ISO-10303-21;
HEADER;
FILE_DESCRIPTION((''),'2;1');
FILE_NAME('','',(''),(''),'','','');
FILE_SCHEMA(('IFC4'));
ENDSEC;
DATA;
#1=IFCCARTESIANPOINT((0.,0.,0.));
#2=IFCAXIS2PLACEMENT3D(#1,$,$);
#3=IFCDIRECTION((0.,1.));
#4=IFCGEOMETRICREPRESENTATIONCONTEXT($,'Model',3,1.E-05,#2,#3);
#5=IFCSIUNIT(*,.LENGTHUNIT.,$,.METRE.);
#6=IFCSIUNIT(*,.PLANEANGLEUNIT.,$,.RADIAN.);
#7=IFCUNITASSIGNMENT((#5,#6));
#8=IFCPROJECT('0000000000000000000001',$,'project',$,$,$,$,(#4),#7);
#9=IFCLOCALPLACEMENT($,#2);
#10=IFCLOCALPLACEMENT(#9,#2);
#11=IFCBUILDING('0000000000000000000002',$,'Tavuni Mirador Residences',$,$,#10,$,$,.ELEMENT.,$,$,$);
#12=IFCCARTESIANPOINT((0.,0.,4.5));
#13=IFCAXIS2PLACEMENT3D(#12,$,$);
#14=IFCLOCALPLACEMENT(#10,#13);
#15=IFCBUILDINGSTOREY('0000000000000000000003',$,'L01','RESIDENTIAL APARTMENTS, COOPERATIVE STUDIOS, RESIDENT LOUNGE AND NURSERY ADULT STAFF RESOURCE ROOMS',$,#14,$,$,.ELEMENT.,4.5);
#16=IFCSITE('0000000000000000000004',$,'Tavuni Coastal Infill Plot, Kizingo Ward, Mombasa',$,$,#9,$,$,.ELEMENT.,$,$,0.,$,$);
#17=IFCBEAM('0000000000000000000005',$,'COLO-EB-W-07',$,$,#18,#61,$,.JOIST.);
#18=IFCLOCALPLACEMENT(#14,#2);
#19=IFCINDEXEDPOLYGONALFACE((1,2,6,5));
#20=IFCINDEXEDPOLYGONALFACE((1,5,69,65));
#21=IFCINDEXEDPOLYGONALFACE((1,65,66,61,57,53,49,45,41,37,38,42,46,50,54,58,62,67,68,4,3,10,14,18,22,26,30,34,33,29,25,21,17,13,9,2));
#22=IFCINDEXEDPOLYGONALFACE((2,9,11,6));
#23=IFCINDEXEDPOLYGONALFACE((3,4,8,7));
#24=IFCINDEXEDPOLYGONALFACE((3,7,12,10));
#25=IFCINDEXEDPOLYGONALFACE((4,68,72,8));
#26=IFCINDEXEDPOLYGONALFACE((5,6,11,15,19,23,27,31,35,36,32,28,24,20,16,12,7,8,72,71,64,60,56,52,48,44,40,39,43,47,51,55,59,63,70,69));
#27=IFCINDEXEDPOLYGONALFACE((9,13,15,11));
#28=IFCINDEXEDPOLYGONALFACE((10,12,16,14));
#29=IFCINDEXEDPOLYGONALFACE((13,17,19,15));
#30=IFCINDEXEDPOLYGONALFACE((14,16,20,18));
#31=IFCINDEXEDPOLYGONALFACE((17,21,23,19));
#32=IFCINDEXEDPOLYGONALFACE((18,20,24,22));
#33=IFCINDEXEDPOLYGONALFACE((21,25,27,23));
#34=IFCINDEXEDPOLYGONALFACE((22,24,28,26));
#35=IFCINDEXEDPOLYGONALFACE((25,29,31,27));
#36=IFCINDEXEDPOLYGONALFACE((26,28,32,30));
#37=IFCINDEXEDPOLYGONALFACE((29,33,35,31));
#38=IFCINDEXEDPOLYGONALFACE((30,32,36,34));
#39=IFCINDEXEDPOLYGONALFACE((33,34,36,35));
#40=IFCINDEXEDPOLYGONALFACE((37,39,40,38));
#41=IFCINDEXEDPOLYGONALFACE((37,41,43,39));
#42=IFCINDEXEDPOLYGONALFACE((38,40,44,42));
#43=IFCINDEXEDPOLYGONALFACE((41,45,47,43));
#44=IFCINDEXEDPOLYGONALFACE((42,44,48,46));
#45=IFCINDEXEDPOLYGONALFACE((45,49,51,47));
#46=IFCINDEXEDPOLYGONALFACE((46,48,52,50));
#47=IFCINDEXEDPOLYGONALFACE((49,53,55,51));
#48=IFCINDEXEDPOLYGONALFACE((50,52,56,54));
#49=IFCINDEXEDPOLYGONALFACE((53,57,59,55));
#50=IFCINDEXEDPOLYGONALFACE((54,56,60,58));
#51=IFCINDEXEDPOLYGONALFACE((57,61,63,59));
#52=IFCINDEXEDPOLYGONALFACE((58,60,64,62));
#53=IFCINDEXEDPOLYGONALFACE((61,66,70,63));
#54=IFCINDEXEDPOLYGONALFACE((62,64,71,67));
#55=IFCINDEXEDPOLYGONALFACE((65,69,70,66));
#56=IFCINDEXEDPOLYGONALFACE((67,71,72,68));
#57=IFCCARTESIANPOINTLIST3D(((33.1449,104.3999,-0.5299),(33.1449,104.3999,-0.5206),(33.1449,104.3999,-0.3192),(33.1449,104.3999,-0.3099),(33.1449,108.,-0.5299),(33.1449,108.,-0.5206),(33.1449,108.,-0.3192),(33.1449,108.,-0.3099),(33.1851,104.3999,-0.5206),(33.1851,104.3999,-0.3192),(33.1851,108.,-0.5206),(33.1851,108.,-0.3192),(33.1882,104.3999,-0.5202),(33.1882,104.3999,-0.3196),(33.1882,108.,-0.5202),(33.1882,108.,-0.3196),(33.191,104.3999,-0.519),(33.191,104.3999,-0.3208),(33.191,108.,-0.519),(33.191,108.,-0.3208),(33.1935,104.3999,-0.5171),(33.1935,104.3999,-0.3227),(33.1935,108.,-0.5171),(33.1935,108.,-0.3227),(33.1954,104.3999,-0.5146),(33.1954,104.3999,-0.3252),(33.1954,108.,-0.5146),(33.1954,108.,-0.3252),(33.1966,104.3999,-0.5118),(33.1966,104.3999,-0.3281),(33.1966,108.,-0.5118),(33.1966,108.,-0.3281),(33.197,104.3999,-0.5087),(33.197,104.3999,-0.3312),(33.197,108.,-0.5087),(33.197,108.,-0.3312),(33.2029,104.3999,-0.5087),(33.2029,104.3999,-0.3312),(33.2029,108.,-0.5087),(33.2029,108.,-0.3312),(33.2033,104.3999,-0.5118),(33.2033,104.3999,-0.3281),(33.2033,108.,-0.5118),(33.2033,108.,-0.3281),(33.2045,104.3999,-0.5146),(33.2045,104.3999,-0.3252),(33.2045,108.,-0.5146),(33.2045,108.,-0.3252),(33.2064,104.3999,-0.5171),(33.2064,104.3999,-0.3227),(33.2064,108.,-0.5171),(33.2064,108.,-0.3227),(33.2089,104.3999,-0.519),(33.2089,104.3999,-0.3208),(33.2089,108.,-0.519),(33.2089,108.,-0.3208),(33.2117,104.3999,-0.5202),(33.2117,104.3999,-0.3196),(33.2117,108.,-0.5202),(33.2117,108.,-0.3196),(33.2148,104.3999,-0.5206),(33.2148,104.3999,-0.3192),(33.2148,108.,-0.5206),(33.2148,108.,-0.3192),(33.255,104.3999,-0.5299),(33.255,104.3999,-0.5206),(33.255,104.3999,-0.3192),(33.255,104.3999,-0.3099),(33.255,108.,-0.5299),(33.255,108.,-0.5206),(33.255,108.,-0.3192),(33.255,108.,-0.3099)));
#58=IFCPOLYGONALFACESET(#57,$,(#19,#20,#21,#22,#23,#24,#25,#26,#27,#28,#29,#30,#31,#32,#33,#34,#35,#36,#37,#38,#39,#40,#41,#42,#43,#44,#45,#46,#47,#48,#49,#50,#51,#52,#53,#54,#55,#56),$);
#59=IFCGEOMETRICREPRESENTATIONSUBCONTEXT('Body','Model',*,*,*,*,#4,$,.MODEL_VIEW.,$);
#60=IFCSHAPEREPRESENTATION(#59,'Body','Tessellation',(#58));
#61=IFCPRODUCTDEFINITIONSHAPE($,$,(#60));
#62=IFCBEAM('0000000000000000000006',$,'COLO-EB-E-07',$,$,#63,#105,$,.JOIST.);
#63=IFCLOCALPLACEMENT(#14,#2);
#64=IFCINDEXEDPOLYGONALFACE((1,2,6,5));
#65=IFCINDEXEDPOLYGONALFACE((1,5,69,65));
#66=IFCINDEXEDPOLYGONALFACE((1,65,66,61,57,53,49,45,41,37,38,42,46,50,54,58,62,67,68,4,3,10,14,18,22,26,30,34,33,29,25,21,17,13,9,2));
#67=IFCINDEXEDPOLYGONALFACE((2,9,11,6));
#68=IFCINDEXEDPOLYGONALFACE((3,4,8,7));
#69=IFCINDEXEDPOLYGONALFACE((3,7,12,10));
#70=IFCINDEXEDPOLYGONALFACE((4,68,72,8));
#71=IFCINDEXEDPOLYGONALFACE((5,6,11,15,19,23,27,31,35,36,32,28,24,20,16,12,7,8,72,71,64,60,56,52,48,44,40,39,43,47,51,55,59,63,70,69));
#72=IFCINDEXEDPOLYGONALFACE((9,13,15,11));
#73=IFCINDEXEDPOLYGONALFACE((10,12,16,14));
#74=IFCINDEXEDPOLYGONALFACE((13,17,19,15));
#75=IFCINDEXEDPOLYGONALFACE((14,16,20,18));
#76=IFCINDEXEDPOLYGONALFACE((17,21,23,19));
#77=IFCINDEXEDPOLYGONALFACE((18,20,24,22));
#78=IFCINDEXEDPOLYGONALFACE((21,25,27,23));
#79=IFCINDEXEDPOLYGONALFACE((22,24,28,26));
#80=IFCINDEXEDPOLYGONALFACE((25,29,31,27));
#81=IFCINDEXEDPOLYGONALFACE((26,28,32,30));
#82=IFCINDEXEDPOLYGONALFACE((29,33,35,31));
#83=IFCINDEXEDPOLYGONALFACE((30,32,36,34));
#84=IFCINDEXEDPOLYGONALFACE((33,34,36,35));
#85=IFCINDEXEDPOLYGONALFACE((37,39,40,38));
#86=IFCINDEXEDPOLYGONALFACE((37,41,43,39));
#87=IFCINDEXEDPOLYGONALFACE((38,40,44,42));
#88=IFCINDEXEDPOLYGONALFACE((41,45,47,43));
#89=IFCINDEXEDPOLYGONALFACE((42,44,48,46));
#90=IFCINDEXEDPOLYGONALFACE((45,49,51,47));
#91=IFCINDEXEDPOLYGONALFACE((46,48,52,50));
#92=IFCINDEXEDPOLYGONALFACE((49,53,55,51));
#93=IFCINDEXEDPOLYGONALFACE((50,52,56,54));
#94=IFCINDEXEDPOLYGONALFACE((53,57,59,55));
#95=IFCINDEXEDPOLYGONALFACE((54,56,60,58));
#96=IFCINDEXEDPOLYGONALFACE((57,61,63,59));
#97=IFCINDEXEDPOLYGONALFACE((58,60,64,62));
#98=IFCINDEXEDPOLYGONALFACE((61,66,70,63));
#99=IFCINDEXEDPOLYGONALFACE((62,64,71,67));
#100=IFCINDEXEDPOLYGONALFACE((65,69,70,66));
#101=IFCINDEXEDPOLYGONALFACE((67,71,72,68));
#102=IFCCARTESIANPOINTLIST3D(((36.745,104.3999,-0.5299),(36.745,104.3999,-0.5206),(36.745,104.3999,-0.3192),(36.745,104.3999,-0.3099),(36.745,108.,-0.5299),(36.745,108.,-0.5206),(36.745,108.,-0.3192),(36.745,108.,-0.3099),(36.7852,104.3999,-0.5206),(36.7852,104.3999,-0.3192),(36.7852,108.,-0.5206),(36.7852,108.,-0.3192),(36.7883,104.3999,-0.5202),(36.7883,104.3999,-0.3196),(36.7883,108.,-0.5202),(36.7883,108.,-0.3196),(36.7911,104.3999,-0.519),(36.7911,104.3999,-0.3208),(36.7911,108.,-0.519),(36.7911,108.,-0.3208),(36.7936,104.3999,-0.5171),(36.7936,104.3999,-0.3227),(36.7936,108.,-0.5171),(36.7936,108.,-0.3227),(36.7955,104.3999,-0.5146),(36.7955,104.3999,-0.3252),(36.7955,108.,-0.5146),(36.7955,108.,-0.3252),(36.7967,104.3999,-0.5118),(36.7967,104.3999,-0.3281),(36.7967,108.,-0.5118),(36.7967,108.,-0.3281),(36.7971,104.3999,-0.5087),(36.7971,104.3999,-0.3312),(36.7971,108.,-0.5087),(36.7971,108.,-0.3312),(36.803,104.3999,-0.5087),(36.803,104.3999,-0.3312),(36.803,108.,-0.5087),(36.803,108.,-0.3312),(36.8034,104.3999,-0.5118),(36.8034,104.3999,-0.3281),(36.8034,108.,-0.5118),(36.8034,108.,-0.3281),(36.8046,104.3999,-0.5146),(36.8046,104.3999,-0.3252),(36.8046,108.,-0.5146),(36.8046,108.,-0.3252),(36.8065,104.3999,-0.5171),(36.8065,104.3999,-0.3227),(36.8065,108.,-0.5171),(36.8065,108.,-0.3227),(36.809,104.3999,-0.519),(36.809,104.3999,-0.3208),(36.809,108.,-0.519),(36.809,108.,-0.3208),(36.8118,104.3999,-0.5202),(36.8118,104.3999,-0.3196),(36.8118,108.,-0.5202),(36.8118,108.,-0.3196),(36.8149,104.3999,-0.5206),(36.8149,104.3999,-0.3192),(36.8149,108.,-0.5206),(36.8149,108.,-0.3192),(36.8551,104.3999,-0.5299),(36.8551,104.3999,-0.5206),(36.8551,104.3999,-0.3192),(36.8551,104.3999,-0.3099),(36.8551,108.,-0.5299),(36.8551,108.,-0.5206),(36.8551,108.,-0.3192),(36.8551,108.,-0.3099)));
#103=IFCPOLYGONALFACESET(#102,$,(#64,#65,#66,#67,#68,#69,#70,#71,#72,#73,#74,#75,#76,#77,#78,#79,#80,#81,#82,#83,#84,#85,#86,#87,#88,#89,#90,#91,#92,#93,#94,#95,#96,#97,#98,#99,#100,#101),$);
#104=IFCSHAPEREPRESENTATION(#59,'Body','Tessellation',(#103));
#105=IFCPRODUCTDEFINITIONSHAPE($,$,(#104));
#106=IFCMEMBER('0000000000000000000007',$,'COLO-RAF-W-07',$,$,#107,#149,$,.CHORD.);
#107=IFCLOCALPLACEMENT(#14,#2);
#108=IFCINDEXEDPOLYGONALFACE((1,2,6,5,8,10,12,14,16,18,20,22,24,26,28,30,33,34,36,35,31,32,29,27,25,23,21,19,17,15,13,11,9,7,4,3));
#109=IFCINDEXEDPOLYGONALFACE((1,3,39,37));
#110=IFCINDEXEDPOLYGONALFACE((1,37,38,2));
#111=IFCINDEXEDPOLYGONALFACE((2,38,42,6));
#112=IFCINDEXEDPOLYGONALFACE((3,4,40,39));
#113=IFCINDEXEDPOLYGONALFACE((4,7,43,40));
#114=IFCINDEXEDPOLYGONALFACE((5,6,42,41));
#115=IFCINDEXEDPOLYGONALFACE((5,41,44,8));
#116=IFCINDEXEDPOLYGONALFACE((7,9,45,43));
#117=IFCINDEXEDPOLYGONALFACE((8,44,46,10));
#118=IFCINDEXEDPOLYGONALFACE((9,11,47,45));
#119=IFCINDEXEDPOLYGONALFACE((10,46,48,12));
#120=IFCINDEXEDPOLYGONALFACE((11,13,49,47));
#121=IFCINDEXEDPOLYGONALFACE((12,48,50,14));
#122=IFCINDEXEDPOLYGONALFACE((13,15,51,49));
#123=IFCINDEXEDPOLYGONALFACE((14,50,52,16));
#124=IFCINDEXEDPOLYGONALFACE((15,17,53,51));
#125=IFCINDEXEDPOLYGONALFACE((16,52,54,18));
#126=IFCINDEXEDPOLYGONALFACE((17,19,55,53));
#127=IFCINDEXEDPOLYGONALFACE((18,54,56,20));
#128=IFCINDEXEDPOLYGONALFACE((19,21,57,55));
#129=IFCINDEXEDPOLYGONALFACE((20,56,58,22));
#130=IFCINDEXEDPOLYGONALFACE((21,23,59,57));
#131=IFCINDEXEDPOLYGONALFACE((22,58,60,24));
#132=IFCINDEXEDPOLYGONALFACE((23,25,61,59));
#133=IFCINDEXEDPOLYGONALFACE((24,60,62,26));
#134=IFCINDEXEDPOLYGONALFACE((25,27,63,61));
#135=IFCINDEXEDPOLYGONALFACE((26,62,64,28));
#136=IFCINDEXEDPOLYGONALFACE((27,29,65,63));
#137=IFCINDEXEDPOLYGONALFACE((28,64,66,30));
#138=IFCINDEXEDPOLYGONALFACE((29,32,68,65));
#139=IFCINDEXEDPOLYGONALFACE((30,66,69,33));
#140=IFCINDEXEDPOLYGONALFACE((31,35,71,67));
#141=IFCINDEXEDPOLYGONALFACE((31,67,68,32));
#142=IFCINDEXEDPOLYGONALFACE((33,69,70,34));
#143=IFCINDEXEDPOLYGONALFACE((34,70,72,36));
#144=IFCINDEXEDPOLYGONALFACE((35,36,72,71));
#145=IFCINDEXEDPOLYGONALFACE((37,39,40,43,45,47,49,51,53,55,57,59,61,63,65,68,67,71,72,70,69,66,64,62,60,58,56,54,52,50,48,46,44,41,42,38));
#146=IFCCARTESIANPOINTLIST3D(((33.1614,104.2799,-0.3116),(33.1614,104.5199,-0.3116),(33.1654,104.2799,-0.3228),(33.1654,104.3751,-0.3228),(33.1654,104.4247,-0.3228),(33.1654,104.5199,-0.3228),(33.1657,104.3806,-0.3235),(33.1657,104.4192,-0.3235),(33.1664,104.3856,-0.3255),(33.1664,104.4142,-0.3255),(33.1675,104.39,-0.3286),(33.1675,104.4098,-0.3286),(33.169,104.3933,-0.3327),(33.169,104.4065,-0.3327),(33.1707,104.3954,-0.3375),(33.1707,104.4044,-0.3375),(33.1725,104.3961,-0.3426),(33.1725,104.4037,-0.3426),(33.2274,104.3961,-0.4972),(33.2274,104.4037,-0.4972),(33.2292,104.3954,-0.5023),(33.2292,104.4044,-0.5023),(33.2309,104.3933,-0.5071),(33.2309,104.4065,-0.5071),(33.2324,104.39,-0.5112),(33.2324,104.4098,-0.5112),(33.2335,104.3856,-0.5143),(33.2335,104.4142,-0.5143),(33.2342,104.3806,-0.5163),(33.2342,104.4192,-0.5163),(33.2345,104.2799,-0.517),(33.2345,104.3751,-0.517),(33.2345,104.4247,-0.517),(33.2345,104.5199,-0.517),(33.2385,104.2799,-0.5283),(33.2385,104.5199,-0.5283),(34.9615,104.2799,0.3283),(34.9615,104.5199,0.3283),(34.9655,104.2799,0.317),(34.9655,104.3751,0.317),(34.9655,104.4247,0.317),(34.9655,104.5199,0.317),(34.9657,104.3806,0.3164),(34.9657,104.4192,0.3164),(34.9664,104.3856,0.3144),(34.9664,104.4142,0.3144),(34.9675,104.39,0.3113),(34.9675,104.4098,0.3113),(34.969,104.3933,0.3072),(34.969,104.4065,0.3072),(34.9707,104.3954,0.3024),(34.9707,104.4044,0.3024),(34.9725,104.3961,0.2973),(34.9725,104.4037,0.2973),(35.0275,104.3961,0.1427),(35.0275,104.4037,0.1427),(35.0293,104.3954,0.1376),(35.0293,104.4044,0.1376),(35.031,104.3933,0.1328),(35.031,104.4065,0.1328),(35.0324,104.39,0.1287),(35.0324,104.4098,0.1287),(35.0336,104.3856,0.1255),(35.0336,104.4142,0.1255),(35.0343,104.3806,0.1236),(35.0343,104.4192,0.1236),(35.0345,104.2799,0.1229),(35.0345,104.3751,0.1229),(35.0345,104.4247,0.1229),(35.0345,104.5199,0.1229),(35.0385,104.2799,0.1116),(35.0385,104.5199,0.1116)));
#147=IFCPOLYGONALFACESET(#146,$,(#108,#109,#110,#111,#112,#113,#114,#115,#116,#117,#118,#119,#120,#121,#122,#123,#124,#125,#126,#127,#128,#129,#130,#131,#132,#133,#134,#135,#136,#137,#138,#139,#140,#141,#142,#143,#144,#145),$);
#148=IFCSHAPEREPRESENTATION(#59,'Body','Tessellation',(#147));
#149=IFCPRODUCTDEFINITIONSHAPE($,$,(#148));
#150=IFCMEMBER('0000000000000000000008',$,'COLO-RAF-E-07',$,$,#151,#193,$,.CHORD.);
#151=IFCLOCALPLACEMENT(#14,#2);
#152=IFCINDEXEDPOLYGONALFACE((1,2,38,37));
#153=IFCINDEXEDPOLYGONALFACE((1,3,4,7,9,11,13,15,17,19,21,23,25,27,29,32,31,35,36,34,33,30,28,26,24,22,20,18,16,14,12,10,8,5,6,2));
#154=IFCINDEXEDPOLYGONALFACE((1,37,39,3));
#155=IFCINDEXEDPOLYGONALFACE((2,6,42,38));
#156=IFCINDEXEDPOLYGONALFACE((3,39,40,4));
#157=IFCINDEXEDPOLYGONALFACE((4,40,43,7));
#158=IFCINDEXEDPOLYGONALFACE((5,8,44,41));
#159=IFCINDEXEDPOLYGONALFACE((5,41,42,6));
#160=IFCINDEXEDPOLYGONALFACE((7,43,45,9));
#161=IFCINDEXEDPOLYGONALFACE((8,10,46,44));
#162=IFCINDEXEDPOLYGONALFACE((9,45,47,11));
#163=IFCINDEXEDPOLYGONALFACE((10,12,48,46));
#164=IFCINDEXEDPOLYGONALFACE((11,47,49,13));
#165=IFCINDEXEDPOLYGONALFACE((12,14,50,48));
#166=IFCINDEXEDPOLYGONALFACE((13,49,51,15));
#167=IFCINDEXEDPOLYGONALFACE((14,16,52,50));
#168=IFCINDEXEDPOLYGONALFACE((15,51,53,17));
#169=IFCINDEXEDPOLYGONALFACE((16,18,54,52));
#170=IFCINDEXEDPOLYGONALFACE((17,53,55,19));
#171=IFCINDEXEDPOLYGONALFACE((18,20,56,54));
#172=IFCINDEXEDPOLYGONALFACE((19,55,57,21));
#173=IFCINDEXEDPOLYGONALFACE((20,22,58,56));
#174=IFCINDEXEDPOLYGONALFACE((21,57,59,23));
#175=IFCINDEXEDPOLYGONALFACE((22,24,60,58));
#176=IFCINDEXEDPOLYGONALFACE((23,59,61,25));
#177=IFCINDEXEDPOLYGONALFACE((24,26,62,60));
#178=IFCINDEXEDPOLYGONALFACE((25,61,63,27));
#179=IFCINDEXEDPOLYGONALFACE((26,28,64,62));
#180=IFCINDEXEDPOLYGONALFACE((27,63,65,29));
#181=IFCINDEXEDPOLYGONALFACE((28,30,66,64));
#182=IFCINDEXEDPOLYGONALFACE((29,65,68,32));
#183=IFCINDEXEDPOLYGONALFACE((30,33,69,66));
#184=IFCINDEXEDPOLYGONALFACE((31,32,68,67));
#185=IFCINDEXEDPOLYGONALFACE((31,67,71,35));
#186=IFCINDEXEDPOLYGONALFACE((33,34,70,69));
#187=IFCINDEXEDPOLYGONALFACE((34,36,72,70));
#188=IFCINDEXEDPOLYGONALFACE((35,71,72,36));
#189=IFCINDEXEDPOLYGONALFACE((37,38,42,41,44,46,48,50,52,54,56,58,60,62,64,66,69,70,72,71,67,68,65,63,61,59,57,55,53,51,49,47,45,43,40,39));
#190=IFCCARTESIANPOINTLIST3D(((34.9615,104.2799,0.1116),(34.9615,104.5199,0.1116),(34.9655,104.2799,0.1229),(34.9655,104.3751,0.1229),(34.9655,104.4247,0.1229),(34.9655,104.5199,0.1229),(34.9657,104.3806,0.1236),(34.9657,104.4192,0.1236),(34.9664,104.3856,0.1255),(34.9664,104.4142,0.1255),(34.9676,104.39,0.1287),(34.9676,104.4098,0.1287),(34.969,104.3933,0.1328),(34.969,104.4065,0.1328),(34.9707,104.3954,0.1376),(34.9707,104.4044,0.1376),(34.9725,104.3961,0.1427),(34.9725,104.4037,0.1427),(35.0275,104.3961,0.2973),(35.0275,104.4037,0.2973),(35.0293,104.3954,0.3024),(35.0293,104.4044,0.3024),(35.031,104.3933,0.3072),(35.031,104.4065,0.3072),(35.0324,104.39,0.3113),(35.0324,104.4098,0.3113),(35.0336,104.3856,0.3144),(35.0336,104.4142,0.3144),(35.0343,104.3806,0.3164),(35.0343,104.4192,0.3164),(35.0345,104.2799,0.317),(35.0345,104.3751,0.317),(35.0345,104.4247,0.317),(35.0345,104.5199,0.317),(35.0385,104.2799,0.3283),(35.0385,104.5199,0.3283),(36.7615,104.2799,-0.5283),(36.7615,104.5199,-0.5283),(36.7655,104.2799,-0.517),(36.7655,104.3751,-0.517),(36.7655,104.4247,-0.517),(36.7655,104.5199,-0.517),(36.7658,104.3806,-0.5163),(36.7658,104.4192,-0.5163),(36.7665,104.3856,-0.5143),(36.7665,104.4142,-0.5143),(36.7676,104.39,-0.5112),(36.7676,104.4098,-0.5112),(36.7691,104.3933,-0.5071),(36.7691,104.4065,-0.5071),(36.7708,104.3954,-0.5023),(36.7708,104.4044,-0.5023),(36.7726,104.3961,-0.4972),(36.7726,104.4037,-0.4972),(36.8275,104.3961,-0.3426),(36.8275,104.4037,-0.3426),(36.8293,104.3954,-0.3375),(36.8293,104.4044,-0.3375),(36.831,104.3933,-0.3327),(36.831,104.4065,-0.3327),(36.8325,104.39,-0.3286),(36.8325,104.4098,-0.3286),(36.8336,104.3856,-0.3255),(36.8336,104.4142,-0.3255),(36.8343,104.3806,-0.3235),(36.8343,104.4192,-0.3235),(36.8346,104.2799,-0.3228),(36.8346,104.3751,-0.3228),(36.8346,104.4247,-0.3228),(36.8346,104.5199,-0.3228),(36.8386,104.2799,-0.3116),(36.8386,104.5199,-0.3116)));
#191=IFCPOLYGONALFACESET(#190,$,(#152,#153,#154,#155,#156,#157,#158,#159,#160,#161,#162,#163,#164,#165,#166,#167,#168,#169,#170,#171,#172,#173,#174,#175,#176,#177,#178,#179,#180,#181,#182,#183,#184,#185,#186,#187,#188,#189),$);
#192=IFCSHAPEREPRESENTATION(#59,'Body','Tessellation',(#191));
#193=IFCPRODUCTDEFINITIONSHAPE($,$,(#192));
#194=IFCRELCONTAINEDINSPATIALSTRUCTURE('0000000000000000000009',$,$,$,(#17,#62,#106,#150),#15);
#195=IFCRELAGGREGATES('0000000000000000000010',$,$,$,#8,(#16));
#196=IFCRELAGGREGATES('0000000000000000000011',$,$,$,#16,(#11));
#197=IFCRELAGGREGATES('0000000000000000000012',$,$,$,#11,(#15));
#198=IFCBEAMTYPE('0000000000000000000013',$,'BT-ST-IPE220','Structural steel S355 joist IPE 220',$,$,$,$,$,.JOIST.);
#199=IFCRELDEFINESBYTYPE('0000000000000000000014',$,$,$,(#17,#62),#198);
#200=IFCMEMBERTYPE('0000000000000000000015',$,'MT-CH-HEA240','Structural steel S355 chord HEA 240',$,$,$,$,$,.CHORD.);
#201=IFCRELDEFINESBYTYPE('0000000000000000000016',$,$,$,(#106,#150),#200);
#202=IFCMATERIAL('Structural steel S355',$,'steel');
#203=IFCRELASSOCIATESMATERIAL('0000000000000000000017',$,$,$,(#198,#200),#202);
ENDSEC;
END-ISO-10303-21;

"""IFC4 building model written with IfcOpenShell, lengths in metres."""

from ifc_helpers import new_model, si_unit, direction, frame, origin, origin_2d, place, context, subcontext, project, spatial, i_section, extrude, material, material_profile, profile_set, type_object, element, save


model = new_model("IFC4")

# Units and contexts
model_context = context("Model", 3, precision=1e-05, world=origin(), true_north=direction((0.0, 1.0)))
body_context = subcontext(model_context, "Body", "Model", "MODEL_VIEW")
ifc_project = project(units=[si_unit("LENGTHUNIT", "METRE"), si_unit("PLANEANGLEUNIT", "RADIAN")], contexts=[model_context])

# Site, building, storey
site_placement = place(None, origin())
site = spatial("IfcSite", under=ifc_project, at=site_placement, Name="Tavuni Coastal Infill Plot, Kizingo Ward, Mombasa", CompositionType="ELEMENT", RefElevation=0.0)
building_placement = place(site_placement, origin())
building = spatial("IfcBuilding", under=site, at=building_placement, Name="Tavuni Mirador Residences", CompositionType="ELEMENT")
storey_placement = place(building_placement, frame((0.0, 0.0, 4.5)))
storey = spatial("IfcBuildingStorey", under=building, at=storey_placement, Name="L01", Description="RESIDENTIAL APARTMENTS, COOPERATIVE STUDIOS, RESIDENT LOUNGE AND NURSERY ADULT STAFF RESOURCE ROOMS", CompositionType="ELEMENT", Elevation=4.5)

# Beams
ifc_material_1 = material(Name="Structural steel S355", Category="steel")
ifc_material_profile_1 = material_profile(ifc_material_1, i_section(OverallWidth=0.1101, OverallDepth=0.22, WebThickness=0.0059, FlangeThickness=0.0093, FilletRadius=0.012, at=origin_2d()), Name="IPE 220", Category="steel")
ifc_profile_set_1 = profile_set([ifc_material_profile_1], Name="Structural steel S355")
beam_type_1 = type_object("IfcBeamType", Name="BT-ST-IPE220", Description="Structural steel S355 joist IPE 220", PredefinedType="JOIST", material=ifc_profile_set_1)
for number, where, z_axis, x_axis, name in (
    (1, (33.2, 104.3999, -0.4199), (0.0, 1.0, 0.0), (-1.0, 0.0, 0.0), "COLO-EB-W-07"),
    (2, (36.8, 104.3999, -0.4199), (0.0, 1.0, 0.0), (-1.0, 0.0, 0.0), "COLO-EB-E-07"),
):
    element("IfcBeam", number, at=place(storey_placement, frame(where, z_axis=z_axis, x_axis=x_axis)), inside=storey, type_object=beam_type_1, Name=name, PredefinedType="JOIST", context=body_context, shape_type="SweptSolid", body=[
        extrude(i_section(OverallWidth=0.1101, OverallDepth=0.22, WebThickness=0.0059, FlangeThickness=0.0093, FilletRadius=0.012, at=origin_2d()), origin(), (0.0, 0.0, 1.0), 3.6001),
    ])

# Members
ifc_material_profile_2 = material_profile(ifc_material_1, i_section(OverallWidth=0.24, OverallDepth=0.23, WebThickness=0.0076, FlangeThickness=0.012, FilletRadius=0.021, at=origin_2d()), Name="HEA 240", Category="steel")
ifc_profile_set_2 = profile_set([ifc_material_profile_2], Name="Structural steel S355")
member_type_1 = type_object("IfcMemberType", Name="MT-CH-HEA240", Description="Structural steel S355 chord HEA 240", PredefinedType="CHORD", material=ifc_profile_set_2)
for number, where, z_axis, x_axis, name in (
    (3, (33.2, 104.3999, -0.4199), (0.942235, 0.0, 0.334952), (0.0, 1.0, 0.0), "COLO-RAF-W-07"),
    (4, (35.0, 104.3999, 0.22), (0.942235, 0.0, -0.334952), (0.0, 1.0, 0.0), "COLO-RAF-E-07"),
):
    element("IfcMember", number, at=place(storey_placement, frame(where, z_axis=z_axis, x_axis=x_axis)), inside=storey, type_object=member_type_1, Name=name, PredefinedType="CHORD", context=body_context, shape_type="SweptSolid", body=[
        extrude(i_section(OverallWidth=0.24, OverallDepth=0.23, WebThickness=0.0076, FlangeThickness=0.012, FilletRadius=0.021, at=origin_2d()), origin(), (0.0, 0.0, 1.0), 1.9104),
    ])

save(model, "model.ifc")
